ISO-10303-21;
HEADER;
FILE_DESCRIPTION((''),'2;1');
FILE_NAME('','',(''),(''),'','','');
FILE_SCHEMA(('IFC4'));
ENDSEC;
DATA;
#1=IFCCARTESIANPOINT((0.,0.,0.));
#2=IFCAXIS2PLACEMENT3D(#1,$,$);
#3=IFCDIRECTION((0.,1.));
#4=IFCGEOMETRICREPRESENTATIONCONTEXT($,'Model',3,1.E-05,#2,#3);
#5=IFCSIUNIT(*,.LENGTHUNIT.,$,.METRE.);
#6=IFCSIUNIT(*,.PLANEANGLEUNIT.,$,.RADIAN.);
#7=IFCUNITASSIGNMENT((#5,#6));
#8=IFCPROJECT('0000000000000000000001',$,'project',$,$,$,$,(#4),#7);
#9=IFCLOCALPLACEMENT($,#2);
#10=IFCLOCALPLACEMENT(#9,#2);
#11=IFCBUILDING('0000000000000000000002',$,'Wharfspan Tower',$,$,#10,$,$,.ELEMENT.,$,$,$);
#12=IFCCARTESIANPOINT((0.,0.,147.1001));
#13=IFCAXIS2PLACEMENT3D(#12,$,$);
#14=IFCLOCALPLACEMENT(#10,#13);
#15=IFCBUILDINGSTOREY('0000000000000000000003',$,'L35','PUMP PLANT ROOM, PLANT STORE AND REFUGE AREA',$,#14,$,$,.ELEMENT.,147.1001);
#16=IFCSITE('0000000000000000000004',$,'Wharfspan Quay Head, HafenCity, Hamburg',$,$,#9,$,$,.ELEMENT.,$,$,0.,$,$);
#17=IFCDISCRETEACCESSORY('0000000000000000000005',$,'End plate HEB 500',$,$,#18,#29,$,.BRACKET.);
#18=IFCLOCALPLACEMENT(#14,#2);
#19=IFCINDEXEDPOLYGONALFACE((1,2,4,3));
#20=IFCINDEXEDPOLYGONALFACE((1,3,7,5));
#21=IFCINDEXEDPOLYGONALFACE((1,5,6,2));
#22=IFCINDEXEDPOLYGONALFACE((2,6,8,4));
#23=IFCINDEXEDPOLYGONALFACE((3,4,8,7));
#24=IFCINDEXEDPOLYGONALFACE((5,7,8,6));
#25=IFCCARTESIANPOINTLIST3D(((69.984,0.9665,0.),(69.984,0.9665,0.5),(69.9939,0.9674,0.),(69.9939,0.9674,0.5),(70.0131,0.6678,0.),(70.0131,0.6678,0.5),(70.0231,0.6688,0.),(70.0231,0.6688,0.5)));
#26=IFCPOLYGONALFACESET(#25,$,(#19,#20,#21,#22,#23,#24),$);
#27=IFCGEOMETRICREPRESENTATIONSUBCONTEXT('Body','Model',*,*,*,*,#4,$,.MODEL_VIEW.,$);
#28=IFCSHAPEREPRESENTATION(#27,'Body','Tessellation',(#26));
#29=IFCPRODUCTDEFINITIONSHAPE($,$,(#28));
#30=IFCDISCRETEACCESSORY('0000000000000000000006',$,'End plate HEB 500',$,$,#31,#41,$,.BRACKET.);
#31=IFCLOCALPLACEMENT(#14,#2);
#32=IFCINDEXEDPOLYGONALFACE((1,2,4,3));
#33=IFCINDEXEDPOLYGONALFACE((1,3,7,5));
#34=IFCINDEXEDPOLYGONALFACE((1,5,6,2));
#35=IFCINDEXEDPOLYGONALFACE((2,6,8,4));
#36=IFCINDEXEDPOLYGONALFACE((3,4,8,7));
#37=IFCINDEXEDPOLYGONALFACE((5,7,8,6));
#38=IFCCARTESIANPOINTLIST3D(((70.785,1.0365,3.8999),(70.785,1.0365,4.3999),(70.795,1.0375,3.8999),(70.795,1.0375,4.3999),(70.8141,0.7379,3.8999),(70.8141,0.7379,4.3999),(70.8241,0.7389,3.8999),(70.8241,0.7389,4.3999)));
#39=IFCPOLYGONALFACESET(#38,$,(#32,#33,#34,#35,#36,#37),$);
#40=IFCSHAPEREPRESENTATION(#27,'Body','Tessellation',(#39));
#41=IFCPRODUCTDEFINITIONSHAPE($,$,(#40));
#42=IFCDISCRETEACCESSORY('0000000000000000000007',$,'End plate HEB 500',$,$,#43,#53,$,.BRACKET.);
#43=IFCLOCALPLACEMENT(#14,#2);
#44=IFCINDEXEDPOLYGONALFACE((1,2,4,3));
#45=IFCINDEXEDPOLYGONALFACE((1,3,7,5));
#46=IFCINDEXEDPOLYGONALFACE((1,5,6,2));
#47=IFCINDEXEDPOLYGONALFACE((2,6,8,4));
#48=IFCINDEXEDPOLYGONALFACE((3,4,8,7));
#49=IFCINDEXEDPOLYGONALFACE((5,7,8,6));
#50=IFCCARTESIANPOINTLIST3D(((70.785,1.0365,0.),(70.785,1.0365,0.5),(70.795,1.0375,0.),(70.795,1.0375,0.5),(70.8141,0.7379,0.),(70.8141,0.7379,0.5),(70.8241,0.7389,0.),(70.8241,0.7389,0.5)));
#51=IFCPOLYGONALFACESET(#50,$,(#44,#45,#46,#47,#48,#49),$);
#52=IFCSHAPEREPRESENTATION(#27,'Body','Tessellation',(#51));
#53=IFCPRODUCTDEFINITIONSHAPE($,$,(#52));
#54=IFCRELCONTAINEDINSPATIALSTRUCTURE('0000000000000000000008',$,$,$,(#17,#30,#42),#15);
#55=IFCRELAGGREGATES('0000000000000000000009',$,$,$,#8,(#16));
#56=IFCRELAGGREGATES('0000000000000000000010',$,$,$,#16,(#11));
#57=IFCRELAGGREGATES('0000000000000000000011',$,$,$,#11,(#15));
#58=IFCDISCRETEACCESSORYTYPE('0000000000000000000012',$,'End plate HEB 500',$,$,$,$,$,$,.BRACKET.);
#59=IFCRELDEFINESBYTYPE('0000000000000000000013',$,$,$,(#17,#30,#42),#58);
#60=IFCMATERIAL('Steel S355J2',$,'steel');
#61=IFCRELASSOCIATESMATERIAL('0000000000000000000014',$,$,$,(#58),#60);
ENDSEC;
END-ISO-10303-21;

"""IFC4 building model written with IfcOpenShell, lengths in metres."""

from ifc_helpers import new_model, si_unit, direction, frame, origin, origin_2d, place, context, subcontext, project, spatial, rectangle, extrude, material, material_profile, profile_set, type_object, element, save


model = new_model("IFC4")

# Units and contexts
model_context = context("Model", 3, precision=1e-05, world=origin(), true_north=direction((0.0, 1.0)))
body_context = subcontext(model_context, "Body", "Model", "MODEL_VIEW")
ifc_project = project(units=[si_unit("LENGTHUNIT", "METRE"), si_unit("PLANEANGLEUNIT", "RADIAN")], contexts=[model_context])

# Site, building, storey
site_placement = place(None, origin())
site = spatial("IfcSite", under=ifc_project, at=site_placement, Name="Wharfspan Quay Head, HafenCity, Hamburg", CompositionType="ELEMENT", RefElevation=0.0)
building_placement = place(site_placement, origin())
building = spatial("IfcBuilding", under=site, at=building_placement, Name="Wharfspan Tower", CompositionType="ELEMENT")
storey_placement = place(building_placement, frame((0.0, 0.0, 147.1001)))
storey = spatial("IfcBuildingStorey", under=building, at=storey_placement, Name="L35", Description="PUMP PLANT ROOM, PLANT STORE AND REFUGE AREA", CompositionType="ELEMENT", Elevation=147.1001)

# Shared definitions
ifc_material_1 = material(Name="Steel S355J2", Category="steel")

# Discrete accessories
ifc_material_profile_1 = material_profile(ifc_material_1, rectangle(XDim=0.3, YDim=0.5, at=origin_2d()))
ifc_profile_set_1 = profile_set([ifc_material_profile_1], Name="Steel S355J2")
discrete_accessory_type_1 = type_object("IfcDiscreteAccessoryType", Name="End plate HEB 500", PredefinedType="BRACKET", material=ifc_profile_set_1)
for number, where, z_axis, x_axis, name in (
    (1, (69.9985, 0.8171, 0.25), (0.995275, 0.0971, 0.0), (-0.0971, 0.995275, 0.0), "End plate HEB 500"),
    (2, (70.7996, 0.8872, 4.1499), (0.995275, 0.0971, 0.0), (-0.0971, 0.995275, 0.0), "End plate HEB 500"),
    (3, (70.7996, 0.8872, 0.25), (0.995275, 0.0971, 0.0), (-0.0971, 0.995275, 0.0), "End plate HEB 500"),
):
    element("IfcDiscreteAccessory", number, at=place(storey_placement, frame(where, z_axis=z_axis, x_axis=x_axis)), inside=storey, type_object=discrete_accessory_type_1, Name=name, PredefinedType="BRACKET", context=body_context, shape_type="SweptSolid", body=[
        extrude(rectangle(XDim=0.3, YDim=0.5, at=origin_2d()), origin(), (0.0, 0.0, 1.0), 0.01),
    ])

save(model, "model.ifc")
